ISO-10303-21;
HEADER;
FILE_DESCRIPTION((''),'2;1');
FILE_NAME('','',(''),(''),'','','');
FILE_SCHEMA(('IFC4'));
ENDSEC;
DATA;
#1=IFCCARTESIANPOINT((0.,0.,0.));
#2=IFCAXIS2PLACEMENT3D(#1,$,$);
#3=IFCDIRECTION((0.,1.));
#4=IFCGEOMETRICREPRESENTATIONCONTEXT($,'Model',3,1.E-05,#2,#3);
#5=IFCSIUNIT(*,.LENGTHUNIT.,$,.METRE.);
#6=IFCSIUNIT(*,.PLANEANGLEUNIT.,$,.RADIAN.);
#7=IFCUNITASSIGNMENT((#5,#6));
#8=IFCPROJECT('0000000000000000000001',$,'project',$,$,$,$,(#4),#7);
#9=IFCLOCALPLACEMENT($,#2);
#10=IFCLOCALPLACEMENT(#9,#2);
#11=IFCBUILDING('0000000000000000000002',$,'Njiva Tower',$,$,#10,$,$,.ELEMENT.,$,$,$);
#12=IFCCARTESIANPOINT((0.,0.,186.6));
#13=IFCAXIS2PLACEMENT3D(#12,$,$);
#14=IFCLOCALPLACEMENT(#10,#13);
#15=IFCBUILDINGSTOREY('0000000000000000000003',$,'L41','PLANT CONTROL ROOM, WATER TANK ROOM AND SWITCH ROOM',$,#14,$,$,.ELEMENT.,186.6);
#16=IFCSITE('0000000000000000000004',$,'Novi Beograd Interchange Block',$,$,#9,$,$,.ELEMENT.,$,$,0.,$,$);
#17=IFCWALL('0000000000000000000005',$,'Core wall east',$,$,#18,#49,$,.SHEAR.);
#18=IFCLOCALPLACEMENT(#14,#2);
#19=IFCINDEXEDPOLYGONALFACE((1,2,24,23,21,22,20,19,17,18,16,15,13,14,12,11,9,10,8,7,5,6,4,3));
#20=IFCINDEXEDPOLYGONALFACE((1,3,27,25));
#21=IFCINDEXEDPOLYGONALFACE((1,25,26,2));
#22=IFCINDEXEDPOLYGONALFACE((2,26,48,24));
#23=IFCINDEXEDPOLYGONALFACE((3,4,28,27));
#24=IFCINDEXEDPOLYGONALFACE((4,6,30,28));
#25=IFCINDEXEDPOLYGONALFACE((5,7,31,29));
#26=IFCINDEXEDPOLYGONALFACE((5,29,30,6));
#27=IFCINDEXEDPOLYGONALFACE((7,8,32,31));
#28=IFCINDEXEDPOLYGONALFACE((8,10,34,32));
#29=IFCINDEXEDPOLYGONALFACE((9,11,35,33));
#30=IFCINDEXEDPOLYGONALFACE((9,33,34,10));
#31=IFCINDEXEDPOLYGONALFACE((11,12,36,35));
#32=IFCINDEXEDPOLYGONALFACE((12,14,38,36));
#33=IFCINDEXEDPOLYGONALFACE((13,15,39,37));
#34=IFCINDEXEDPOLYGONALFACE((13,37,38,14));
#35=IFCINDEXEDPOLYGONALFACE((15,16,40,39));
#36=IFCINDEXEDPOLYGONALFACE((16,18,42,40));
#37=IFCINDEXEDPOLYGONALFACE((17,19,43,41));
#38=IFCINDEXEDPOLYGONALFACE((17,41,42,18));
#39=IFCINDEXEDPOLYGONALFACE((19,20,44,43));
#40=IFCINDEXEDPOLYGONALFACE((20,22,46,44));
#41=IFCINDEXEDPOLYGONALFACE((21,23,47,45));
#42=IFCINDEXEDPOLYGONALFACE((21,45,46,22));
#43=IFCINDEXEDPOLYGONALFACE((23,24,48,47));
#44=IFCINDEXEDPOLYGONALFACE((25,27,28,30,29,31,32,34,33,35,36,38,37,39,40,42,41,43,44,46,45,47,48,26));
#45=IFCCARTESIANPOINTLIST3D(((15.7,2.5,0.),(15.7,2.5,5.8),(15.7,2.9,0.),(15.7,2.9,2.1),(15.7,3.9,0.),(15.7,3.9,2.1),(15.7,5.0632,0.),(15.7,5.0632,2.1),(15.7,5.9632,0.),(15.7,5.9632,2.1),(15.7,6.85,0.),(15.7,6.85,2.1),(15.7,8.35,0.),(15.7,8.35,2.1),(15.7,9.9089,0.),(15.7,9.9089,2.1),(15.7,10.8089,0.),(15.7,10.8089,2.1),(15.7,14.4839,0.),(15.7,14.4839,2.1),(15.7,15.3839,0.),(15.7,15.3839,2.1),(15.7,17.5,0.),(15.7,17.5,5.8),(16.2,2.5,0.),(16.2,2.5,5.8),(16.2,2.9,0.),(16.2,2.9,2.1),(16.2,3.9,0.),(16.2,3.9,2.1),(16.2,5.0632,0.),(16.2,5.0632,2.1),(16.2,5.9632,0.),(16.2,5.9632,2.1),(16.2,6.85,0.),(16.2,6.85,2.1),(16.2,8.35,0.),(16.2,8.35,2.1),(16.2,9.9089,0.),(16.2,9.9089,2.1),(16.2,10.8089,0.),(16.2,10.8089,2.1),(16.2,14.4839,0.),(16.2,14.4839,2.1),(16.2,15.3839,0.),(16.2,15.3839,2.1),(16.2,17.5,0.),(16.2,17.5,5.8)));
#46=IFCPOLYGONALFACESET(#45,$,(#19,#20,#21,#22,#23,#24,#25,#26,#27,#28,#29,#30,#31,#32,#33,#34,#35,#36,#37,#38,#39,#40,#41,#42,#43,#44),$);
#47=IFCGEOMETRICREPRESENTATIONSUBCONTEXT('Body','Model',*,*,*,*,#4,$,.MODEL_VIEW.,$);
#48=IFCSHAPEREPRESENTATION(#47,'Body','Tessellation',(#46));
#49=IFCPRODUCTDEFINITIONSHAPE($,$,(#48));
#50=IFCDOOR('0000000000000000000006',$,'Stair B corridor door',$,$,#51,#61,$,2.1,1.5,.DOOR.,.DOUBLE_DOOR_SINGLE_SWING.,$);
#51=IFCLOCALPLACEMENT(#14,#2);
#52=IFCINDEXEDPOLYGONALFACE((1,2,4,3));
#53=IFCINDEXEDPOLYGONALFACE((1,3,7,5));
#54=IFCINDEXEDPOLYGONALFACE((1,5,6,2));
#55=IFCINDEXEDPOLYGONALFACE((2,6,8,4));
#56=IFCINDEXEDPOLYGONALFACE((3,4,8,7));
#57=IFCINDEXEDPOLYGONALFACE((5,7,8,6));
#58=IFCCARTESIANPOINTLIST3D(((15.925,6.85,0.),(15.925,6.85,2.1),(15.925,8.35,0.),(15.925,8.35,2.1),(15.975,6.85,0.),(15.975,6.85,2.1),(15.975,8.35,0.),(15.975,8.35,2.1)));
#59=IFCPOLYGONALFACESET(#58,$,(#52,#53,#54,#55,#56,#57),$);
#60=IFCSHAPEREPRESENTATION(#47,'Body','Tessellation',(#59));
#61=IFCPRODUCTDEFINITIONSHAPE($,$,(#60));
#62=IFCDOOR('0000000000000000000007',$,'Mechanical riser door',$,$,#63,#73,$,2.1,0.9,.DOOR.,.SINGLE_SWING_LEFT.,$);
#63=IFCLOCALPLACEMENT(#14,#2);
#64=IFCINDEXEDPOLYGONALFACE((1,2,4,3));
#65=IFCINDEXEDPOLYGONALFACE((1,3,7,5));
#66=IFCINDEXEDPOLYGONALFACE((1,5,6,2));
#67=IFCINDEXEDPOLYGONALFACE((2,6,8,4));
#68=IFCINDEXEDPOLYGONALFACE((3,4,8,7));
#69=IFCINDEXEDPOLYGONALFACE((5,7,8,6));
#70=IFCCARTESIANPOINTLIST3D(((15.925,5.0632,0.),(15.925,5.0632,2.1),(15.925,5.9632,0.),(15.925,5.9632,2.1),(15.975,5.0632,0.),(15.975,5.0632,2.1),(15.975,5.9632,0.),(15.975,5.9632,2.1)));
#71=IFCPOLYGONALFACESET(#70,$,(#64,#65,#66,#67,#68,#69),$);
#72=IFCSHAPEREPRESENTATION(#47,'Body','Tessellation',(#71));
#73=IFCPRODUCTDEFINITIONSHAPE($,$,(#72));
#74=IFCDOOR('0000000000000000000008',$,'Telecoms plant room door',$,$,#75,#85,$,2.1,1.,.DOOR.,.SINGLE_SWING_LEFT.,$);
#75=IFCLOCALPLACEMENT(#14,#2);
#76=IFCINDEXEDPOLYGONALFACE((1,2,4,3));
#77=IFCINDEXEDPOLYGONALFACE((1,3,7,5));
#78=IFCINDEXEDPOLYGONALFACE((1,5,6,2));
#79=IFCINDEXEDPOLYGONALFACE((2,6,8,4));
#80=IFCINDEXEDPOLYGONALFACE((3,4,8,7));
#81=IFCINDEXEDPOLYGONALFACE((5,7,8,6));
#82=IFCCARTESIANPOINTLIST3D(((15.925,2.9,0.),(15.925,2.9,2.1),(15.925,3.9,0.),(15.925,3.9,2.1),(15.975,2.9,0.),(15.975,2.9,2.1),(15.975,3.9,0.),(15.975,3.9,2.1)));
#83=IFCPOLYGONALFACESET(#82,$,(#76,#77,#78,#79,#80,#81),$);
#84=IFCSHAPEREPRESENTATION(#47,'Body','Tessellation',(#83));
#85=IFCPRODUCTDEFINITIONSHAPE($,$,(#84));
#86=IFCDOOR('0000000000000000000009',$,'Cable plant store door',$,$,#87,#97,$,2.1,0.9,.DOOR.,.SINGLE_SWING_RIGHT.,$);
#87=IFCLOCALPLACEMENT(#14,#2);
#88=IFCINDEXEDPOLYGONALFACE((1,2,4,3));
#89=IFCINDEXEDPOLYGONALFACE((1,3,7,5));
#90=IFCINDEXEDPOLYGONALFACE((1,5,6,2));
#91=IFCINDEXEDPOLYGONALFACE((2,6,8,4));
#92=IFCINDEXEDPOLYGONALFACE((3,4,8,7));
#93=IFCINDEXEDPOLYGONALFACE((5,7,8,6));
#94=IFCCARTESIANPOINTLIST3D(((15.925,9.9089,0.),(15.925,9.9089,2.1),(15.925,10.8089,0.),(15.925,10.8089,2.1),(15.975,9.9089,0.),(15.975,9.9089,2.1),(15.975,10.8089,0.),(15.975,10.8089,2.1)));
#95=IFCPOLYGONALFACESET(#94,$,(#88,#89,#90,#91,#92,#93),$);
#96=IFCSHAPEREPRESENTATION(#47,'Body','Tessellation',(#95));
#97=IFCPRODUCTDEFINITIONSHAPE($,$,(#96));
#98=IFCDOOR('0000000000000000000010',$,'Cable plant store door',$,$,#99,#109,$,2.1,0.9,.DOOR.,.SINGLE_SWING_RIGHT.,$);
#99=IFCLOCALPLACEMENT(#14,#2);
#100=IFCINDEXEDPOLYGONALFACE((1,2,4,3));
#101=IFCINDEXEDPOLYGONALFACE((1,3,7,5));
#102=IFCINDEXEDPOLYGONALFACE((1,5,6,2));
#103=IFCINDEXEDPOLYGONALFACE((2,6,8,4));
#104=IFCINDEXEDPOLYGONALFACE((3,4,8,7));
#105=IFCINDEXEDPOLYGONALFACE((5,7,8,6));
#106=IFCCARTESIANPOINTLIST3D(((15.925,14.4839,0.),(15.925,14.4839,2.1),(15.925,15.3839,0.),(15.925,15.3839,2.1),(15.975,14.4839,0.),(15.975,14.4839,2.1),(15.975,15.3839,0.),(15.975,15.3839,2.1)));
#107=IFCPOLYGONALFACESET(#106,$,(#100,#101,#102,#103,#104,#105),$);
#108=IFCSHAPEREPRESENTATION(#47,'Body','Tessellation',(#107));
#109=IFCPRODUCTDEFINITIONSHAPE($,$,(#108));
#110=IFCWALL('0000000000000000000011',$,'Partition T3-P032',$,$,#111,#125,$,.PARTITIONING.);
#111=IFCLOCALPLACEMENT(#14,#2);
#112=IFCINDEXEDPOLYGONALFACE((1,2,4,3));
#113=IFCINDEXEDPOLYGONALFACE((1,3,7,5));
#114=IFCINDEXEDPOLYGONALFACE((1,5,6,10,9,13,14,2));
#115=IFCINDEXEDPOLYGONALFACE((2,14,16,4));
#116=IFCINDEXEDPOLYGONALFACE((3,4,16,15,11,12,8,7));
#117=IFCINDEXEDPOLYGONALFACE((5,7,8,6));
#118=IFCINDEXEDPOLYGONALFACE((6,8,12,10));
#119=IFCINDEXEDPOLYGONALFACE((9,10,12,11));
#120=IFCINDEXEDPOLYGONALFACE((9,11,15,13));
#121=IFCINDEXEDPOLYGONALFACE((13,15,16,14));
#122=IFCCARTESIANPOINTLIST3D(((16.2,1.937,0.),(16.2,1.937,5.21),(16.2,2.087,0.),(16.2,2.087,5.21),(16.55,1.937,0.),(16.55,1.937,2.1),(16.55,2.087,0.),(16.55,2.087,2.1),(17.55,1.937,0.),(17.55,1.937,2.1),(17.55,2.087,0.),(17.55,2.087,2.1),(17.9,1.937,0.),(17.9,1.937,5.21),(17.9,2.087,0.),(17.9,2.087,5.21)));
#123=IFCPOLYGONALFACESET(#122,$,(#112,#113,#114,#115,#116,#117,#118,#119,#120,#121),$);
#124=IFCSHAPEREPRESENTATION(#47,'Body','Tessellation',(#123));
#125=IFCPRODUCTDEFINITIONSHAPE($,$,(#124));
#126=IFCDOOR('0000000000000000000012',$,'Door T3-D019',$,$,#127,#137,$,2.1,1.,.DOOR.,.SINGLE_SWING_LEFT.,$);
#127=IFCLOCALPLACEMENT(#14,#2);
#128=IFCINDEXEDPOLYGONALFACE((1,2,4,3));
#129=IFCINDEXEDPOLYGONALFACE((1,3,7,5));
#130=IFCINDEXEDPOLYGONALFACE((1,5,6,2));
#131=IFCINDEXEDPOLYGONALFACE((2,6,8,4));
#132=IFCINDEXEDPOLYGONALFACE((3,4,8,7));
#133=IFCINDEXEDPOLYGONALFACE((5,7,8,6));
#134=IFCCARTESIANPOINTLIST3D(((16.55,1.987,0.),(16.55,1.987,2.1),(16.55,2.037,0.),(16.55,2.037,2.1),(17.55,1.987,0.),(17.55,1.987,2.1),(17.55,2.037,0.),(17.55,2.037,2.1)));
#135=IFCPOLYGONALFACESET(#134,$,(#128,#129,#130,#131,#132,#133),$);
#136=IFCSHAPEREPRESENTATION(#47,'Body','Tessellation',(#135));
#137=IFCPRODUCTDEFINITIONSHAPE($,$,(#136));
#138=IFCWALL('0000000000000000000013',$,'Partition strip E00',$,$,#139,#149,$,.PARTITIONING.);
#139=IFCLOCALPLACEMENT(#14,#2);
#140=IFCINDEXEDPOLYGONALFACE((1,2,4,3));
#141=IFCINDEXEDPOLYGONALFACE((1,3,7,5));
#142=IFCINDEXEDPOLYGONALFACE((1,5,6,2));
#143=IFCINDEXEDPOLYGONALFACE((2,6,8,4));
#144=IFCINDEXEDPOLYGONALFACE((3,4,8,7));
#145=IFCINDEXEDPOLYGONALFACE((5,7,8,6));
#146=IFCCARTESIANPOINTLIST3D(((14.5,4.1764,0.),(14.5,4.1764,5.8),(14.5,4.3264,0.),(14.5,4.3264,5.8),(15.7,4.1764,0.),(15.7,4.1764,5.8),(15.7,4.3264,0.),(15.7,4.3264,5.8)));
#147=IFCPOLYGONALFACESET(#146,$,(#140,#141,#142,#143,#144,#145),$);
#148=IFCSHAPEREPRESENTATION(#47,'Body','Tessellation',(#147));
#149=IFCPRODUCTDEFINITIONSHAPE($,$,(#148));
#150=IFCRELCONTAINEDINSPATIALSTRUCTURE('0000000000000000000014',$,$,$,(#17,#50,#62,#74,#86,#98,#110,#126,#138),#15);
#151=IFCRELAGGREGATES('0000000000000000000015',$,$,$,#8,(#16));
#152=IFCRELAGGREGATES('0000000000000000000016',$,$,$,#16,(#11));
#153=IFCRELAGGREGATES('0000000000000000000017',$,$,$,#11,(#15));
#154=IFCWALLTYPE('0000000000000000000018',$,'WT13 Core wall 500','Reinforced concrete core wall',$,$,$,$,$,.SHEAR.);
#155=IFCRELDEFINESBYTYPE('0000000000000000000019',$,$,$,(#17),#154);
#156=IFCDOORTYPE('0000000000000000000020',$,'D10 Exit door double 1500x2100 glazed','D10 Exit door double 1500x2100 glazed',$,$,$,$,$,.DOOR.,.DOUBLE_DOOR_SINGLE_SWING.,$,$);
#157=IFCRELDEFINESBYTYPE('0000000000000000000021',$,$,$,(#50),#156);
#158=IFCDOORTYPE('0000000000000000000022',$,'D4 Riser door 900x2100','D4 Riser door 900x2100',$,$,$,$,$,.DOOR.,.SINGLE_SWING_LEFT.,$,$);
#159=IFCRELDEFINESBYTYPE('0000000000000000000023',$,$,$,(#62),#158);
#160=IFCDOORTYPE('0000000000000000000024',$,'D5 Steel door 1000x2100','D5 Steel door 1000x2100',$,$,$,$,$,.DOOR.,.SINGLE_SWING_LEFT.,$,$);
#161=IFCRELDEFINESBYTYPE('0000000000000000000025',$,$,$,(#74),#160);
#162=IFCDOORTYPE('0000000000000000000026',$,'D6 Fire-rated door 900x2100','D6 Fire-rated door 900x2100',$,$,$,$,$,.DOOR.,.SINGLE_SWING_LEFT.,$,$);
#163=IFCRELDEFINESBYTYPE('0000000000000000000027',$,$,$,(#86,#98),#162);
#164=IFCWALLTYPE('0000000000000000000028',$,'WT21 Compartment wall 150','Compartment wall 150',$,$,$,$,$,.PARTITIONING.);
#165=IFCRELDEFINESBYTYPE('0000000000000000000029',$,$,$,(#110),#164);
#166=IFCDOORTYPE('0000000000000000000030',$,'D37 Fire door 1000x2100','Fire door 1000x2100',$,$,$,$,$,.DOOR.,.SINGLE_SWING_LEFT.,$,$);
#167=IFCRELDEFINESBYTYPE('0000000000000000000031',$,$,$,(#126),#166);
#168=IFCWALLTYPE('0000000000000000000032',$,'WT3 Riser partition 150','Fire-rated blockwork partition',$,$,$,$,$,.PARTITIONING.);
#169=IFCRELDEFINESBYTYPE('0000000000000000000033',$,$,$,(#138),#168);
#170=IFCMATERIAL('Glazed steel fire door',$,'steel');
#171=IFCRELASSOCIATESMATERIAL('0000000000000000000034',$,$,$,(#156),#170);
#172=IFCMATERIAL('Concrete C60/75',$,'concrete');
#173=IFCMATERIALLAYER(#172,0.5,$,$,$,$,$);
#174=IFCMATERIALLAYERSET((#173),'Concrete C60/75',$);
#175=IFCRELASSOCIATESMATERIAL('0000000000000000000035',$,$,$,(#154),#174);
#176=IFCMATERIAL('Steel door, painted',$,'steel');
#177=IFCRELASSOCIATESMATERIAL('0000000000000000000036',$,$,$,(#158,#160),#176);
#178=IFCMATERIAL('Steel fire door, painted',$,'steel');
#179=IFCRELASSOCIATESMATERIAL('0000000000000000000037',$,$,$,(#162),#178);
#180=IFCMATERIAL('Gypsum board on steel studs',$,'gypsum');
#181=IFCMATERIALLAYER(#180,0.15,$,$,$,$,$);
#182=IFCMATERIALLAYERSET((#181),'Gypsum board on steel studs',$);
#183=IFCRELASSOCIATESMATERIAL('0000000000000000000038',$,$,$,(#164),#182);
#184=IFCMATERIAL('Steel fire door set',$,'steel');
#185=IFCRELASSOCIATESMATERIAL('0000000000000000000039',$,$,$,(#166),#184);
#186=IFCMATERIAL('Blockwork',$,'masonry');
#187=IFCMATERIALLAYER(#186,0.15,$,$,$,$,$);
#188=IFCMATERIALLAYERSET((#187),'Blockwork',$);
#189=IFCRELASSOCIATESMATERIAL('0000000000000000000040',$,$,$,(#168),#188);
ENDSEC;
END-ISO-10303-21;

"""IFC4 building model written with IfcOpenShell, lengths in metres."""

from ifc_helpers import new_model, si_unit, direction, frame, frame_2d, origin, place, context, subcontext, project, spatial, rectangle, extrude, material, layer, layer_set, type_object, element, fill, save


model = new_model("IFC4")

# Units and contexts
model_context = context("Model", 3, precision=1e-05, world=origin(), true_north=direction((0.0, 1.0)))
body_context = subcontext(model_context, "Body", "Model", "MODEL_VIEW")
ifc_project = project(units=[si_unit("LENGTHUNIT", "METRE"), si_unit("PLANEANGLEUNIT", "RADIAN")], contexts=[model_context])

# Site, building, storey
site_placement = place(None, origin())
site = spatial("IfcSite", under=ifc_project, at=site_placement, Name="Novi Beograd Interchange Block", CompositionType="ELEMENT", RefElevation=0.0)
building_placement = place(site_placement, origin())
building = spatial("IfcBuilding", under=site, at=building_placement, Name="Njiva Tower", CompositionType="ELEMENT")
storey_placement = place(building_placement, frame((0.0, 0.0, 186.6)))
storey = spatial("IfcBuildingStorey", under=building, at=storey_placement, Name="L41", Description="PLANT CONTROL ROOM, WATER TANK ROOM AND SWITCH ROOM", CompositionType="ELEMENT", Elevation=186.6)

# Shared definitions
ifc_material_1 = material(Name="Blockwork", Category="masonry")

# Shared definitions
ifc_material_2 = material(Name="Glazed steel fire door", Category="steel")
door_type_1 = type_object("IfcDoorType", Name="D10 Exit door double 1500x2100 glazed", Description="D10 Exit door double 1500x2100 glazed", OperationType="DOUBLE_DOOR_SINGLE_SWING", PredefinedType="DOOR", material=ifc_material_2)

# Wall, openings, doors
ifc_material_3 = material(Name="Concrete C60/75", Category="concrete")
ifc_layer_1 = layer(ifc_material_3, 0.5)
ifc_layer_set_1 = layer_set([ifc_layer_1], Name="Concrete C60/75")
wall_type_1 = type_object("IfcWallType", Name="WT13 Core wall 500", Description="Reinforced concrete core wall", PredefinedType="SHEAR", material=ifc_layer_set_1)
wall_1_placement = place(storey_placement, frame((15.95, 2.5, 0.0), z_axis=(0.0, 0.0, 1.0), x_axis=(0.0, 1.0, 0.0)))
wall_1 = element("IfcWall", 1, at=wall_1_placement, inside=storey, type_object=wall_type_1, Name="Core wall east", PredefinedType="SHEAR", context=body_context, shape_type="SweptSolid", body=[
    extrude(rectangle(XDim=15.0, YDim=0.5, at=frame_2d((7.5, 0.0))), origin(), (0.0, 0.0, 1.0), 5.8),
])
opening_1_placement = place(wall_1_placement, frame((4.35, 0.0, 0.0)))
opening_1 = element("IfcOpeningElement", 2, at=opening_1_placement, cuts=wall_1, PredefinedType="OPENING", context=body_context, shape_type="SweptSolid", body=[
    extrude(rectangle(XDim=1.5, YDim=2.1, at=frame_2d((0.75, 1.05))), frame((0.0, 0.26, 0.0), z_axis=(0.0, -1.0, 0.0), x_axis=(1.0, 0.0, 0.0)), (0.0, 0.0, 1.0), 0.52),
])
opening_2_placement = place(wall_1_placement, frame((0.4, 0.0, 0.0)))
opening_2 = element("IfcOpeningElement", 3, at=opening_2_placement, cuts=wall_1, PredefinedType="OPENING", context=body_context, shape_type="SweptSolid", body=[
    extrude(rectangle(XDim=1.0, YDim=2.1, at=frame_2d((0.5, 1.05))), frame((0.0, 0.26, 0.0), z_axis=(0.0, -1.0, 0.0), x_axis=(1.0, 0.0, 0.0)), (0.0, 0.0, 1.0), 0.52),
])
opening_3_placement = place(wall_1_placement, frame((2.5632, 0.0, 0.0)))
opening_3 = element("IfcOpeningElement", 4, at=opening_3_placement, cuts=wall_1, PredefinedType="OPENING", context=body_context, shape_type="SweptSolid", body=[
    extrude(rectangle(XDim=0.9, YDim=2.1, at=frame_2d((0.45, 1.05))), frame((0.0, 0.26, 0.0), z_axis=(0.0, -1.0, 0.0), x_axis=(1.0, 0.0, 0.0)), (0.0, 0.0, 1.0), 0.52),
])
opening_4_placement = place(wall_1_placement, frame((7.4089, 0.0, 0.0)))
opening_4 = element("IfcOpeningElement", 5, at=opening_4_placement, cuts=wall_1, PredefinedType="OPENING", context=body_context, shape_type="SweptSolid", body=[
    extrude(rectangle(XDim=0.9, YDim=2.1, at=frame_2d((0.45, 1.05))), frame((0.0, 0.26, 0.0), z_axis=(0.0, -1.0, 0.0), x_axis=(1.0, 0.0, 0.0)), (0.0, 0.0, 1.0), 0.52),
])
opening_5_placement = place(wall_1_placement, frame((11.9839, 0.0, 0.0)))
opening_5 = element("IfcOpeningElement", 6, at=opening_5_placement, cuts=wall_1, PredefinedType="OPENING", context=body_context, shape_type="SweptSolid", body=[
    extrude(rectangle(XDim=0.9, YDim=2.1, at=frame_2d((0.45, 1.05))), frame((0.0, 0.26, 0.0), z_axis=(0.0, -1.0, 0.0), x_axis=(1.0, 0.0, 0.0)), (0.0, 0.0, 1.0), 0.52),
])
door_1_placement = place(opening_1_placement, origin())
door_1 = element("IfcDoor", 7, at=door_1_placement, inside=storey, type_object=door_type_1, Name="Stair B corridor door", OperationType="DOUBLE_DOOR_SINGLE_SWING", OverallHeight=2.1, OverallWidth=1.5, PredefinedType="DOOR", context=body_context, shape_type="SweptSolid", body=[
    extrude(rectangle(XDim=1.5, YDim=2.1, at=frame_2d((0.75, 1.05))), frame((0.0, 0.025, 0.0), z_axis=(0.0, -1.0, 0.0), x_axis=(1.0, 0.0, 0.0)), (0.0, 0.0, 1.0), 0.05),
])
fill(opening_1, door_1)
ifc_material_4 = material(Name="Steel door, painted", Category="steel")
door_type_2 = type_object("IfcDoorType", Name="D4 Riser door 900x2100", Description="D4 Riser door 900x2100", OperationType="SINGLE_SWING_LEFT", PredefinedType="DOOR", material=ifc_material_4)
door_2_placement = place(opening_3_placement, origin())
door_2 = element("IfcDoor", 8, at=door_2_placement, inside=storey, type_object=door_type_2, Name="Mechanical riser door", OperationType="SINGLE_SWING_LEFT", OverallHeight=2.1, OverallWidth=0.9, PredefinedType="DOOR", context=body_context, shape_type="SweptSolid", body=[
    extrude(rectangle(XDim=0.9, YDim=2.1, at=frame_2d((0.45, 1.05))), frame((0.0, 0.025, 0.0), z_axis=(0.0, -1.0, 0.0), x_axis=(1.0, 0.0, 0.0)), (0.0, 0.0, 1.0), 0.05),
])
fill(opening_3, door_2)
door_type_3 = type_object("IfcDoorType", Name="D5 Steel door 1000x2100", Description="D5 Steel door 1000x2100", OperationType="SINGLE_SWING_LEFT", PredefinedType="DOOR", material=ifc_material_4)
door_3_placement = place(opening_2_placement, origin())
door_3 = element("IfcDoor", 9, at=door_3_placement, inside=storey, type_object=door_type_3, Name="Telecoms plant room door", OperationType="SINGLE_SWING_LEFT", OverallHeight=2.1, OverallWidth=1.0, PredefinedType="DOOR", context=body_context, shape_type="SweptSolid", body=[
    extrude(rectangle(XDim=1.0, YDim=2.1, at=frame_2d((0.5, 1.05))), frame((0.0, 0.025, 0.0), z_axis=(0.0, -1.0, 0.0), x_axis=(1.0, 0.0, 0.0)), (0.0, 0.0, 1.0), 0.05),
])
fill(opening_2, door_3)
ifc_material_5 = material(Name="Steel fire door, painted", Category="steel")
door_type_4 = type_object("IfcDoorType", Name="D6 Fire-rated door 900x2100", Description="D6 Fire-rated door 900x2100", OperationType="SINGLE_SWING_LEFT", PredefinedType="DOOR", material=ifc_material_5)
door_4_placement = place(opening_4_placement, origin())
door_4 = element("IfcDoor", 10, at=door_4_placement, inside=storey, type_object=door_type_4, Name="Cable plant store door", OperationType="SINGLE_SWING_RIGHT", OverallHeight=2.1, OverallWidth=0.9, PredefinedType="DOOR", context=body_context, shape_type="SweptSolid", body=[
    extrude(rectangle(XDim=0.9, YDim=2.1, at=frame_2d((0.45, 1.05))), frame((0.0, 0.025, 0.0), z_axis=(0.0, -1.0, 0.0), x_axis=(1.0, 0.0, 0.0)), (0.0, 0.0, 1.0), 0.05),
])
fill(opening_4, door_4)
door_5_placement = place(opening_5_placement, origin())
door_5 = element("IfcDoor", 11, at=door_5_placement, inside=storey, type_object=door_type_4, Name="Cable plant store door", OperationType="SINGLE_SWING_RIGHT", OverallHeight=2.1, OverallWidth=0.9, PredefinedType="DOOR", context=body_context, shape_type="SweptSolid", body=[
    extrude(rectangle(XDim=0.9, YDim=2.1, at=frame_2d((0.45, 1.05))), frame((0.0, 0.025, 0.0), z_axis=(0.0, -1.0, 0.0), x_axis=(1.0, 0.0, 0.0)), (0.0, 0.0, 1.0), 0.05),
])
fill(opening_5, door_5)

# Wall, opening, door
ifc_material_6 = material(Name="Gypsum board on steel studs", Category="gypsum")
ifc_layer_2 = layer(ifc_material_6, 0.15)
ifc_layer_set_2 = layer_set([ifc_layer_2], Name="Gypsum board on steel studs")
wall_type_2 = type_object("IfcWallType", Name="WT21 Compartment wall 150", Description="Compartment wall 150", PredefinedType="PARTITIONING", material=ifc_layer_set_2)
wall_2_placement = place(storey_placement, frame((16.2, 2.012, 0.0), z_axis=(0.0, 0.0, 1.0), x_axis=(1.0, 0.0, 0.0)))
wall_2 = element("IfcWall", 12, at=wall_2_placement, inside=storey, type_object=wall_type_2, Name="Partition T3-P032", PredefinedType="PARTITIONING", context=body_context, shape_type="SweptSolid", body=[
    extrude(rectangle(XDim=1.7, YDim=0.15, at=frame_2d((0.85, 0.0))), origin(), (0.0, 0.0, 1.0), 5.21),
])
opening_6_placement = place(wall_2_placement, frame((0.35, 0.0, 0.0)))
opening_6 = element("IfcOpeningElement", 13, at=opening_6_placement, cuts=wall_2, PredefinedType="OPENING", context=body_context, shape_type="SweptSolid", body=[
    extrude(rectangle(XDim=1.0, YDim=2.1, at=frame_2d((0.5, 1.05))), frame((0.0, 0.085, 0.0), z_axis=(0.0, -1.0, 0.0), x_axis=(1.0, 0.0, 0.0)), (0.0, 0.0, 1.0), 0.17),
])
ifc_material_7 = material(Name="Steel fire door set", Category="steel")
door_type_5 = type_object("IfcDoorType", Name="D37 Fire door 1000x2100", Description="Fire door 1000x2100", OperationType="SINGLE_SWING_LEFT", PredefinedType="DOOR", material=ifc_material_7)
door_6_placement = place(opening_6_placement, origin())
door_6 = element("IfcDoor", 14, at=door_6_placement, inside=storey, type_object=door_type_5, Name="Door T3-D019", OperationType="SINGLE_SWING_LEFT", OverallHeight=2.1, OverallWidth=1.0, PredefinedType="DOOR", context=body_context, shape_type="SweptSolid", body=[
    extrude(rectangle(XDim=1.0, YDim=2.1, at=frame_2d((0.5, 1.05))), frame((0.0, 0.025, 0.0), z_axis=(0.0, -1.0, 0.0), x_axis=(1.0, 0.0, 0.0)), (0.0, 0.0, 1.0), 0.05),
])
fill(opening_6, door_6)

# Wall
ifc_layer_3 = layer(ifc_material_1, 0.15)
ifc_layer_set_3 = layer_set([ifc_layer_3], Name="Blockwork")
wall_type_3 = type_object("IfcWallType", Name="WT3 Riser partition 150", Description="Fire-rated blockwork partition", PredefinedType="PARTITIONING", material=ifc_layer_set_3)
wall_3_placement = place(storey_placement, frame((14.5, 4.2514, 0.0), z_axis=(0.0, 0.0, 1.0), x_axis=(1.0, 0.0, 0.0)))
element("IfcWall", 15, at=wall_3_placement, inside=storey, type_object=wall_type_3, Name="Partition strip E00", PredefinedType="PARTITIONING", context=body_context, shape_type="SweptSolid", body=[
    extrude(rectangle(XDim=1.2, YDim=0.15, at=frame_2d((0.6, 0.0))), origin(), (0.0, 0.0, 1.0), 5.8),
])

save(model, "model.ifc")
